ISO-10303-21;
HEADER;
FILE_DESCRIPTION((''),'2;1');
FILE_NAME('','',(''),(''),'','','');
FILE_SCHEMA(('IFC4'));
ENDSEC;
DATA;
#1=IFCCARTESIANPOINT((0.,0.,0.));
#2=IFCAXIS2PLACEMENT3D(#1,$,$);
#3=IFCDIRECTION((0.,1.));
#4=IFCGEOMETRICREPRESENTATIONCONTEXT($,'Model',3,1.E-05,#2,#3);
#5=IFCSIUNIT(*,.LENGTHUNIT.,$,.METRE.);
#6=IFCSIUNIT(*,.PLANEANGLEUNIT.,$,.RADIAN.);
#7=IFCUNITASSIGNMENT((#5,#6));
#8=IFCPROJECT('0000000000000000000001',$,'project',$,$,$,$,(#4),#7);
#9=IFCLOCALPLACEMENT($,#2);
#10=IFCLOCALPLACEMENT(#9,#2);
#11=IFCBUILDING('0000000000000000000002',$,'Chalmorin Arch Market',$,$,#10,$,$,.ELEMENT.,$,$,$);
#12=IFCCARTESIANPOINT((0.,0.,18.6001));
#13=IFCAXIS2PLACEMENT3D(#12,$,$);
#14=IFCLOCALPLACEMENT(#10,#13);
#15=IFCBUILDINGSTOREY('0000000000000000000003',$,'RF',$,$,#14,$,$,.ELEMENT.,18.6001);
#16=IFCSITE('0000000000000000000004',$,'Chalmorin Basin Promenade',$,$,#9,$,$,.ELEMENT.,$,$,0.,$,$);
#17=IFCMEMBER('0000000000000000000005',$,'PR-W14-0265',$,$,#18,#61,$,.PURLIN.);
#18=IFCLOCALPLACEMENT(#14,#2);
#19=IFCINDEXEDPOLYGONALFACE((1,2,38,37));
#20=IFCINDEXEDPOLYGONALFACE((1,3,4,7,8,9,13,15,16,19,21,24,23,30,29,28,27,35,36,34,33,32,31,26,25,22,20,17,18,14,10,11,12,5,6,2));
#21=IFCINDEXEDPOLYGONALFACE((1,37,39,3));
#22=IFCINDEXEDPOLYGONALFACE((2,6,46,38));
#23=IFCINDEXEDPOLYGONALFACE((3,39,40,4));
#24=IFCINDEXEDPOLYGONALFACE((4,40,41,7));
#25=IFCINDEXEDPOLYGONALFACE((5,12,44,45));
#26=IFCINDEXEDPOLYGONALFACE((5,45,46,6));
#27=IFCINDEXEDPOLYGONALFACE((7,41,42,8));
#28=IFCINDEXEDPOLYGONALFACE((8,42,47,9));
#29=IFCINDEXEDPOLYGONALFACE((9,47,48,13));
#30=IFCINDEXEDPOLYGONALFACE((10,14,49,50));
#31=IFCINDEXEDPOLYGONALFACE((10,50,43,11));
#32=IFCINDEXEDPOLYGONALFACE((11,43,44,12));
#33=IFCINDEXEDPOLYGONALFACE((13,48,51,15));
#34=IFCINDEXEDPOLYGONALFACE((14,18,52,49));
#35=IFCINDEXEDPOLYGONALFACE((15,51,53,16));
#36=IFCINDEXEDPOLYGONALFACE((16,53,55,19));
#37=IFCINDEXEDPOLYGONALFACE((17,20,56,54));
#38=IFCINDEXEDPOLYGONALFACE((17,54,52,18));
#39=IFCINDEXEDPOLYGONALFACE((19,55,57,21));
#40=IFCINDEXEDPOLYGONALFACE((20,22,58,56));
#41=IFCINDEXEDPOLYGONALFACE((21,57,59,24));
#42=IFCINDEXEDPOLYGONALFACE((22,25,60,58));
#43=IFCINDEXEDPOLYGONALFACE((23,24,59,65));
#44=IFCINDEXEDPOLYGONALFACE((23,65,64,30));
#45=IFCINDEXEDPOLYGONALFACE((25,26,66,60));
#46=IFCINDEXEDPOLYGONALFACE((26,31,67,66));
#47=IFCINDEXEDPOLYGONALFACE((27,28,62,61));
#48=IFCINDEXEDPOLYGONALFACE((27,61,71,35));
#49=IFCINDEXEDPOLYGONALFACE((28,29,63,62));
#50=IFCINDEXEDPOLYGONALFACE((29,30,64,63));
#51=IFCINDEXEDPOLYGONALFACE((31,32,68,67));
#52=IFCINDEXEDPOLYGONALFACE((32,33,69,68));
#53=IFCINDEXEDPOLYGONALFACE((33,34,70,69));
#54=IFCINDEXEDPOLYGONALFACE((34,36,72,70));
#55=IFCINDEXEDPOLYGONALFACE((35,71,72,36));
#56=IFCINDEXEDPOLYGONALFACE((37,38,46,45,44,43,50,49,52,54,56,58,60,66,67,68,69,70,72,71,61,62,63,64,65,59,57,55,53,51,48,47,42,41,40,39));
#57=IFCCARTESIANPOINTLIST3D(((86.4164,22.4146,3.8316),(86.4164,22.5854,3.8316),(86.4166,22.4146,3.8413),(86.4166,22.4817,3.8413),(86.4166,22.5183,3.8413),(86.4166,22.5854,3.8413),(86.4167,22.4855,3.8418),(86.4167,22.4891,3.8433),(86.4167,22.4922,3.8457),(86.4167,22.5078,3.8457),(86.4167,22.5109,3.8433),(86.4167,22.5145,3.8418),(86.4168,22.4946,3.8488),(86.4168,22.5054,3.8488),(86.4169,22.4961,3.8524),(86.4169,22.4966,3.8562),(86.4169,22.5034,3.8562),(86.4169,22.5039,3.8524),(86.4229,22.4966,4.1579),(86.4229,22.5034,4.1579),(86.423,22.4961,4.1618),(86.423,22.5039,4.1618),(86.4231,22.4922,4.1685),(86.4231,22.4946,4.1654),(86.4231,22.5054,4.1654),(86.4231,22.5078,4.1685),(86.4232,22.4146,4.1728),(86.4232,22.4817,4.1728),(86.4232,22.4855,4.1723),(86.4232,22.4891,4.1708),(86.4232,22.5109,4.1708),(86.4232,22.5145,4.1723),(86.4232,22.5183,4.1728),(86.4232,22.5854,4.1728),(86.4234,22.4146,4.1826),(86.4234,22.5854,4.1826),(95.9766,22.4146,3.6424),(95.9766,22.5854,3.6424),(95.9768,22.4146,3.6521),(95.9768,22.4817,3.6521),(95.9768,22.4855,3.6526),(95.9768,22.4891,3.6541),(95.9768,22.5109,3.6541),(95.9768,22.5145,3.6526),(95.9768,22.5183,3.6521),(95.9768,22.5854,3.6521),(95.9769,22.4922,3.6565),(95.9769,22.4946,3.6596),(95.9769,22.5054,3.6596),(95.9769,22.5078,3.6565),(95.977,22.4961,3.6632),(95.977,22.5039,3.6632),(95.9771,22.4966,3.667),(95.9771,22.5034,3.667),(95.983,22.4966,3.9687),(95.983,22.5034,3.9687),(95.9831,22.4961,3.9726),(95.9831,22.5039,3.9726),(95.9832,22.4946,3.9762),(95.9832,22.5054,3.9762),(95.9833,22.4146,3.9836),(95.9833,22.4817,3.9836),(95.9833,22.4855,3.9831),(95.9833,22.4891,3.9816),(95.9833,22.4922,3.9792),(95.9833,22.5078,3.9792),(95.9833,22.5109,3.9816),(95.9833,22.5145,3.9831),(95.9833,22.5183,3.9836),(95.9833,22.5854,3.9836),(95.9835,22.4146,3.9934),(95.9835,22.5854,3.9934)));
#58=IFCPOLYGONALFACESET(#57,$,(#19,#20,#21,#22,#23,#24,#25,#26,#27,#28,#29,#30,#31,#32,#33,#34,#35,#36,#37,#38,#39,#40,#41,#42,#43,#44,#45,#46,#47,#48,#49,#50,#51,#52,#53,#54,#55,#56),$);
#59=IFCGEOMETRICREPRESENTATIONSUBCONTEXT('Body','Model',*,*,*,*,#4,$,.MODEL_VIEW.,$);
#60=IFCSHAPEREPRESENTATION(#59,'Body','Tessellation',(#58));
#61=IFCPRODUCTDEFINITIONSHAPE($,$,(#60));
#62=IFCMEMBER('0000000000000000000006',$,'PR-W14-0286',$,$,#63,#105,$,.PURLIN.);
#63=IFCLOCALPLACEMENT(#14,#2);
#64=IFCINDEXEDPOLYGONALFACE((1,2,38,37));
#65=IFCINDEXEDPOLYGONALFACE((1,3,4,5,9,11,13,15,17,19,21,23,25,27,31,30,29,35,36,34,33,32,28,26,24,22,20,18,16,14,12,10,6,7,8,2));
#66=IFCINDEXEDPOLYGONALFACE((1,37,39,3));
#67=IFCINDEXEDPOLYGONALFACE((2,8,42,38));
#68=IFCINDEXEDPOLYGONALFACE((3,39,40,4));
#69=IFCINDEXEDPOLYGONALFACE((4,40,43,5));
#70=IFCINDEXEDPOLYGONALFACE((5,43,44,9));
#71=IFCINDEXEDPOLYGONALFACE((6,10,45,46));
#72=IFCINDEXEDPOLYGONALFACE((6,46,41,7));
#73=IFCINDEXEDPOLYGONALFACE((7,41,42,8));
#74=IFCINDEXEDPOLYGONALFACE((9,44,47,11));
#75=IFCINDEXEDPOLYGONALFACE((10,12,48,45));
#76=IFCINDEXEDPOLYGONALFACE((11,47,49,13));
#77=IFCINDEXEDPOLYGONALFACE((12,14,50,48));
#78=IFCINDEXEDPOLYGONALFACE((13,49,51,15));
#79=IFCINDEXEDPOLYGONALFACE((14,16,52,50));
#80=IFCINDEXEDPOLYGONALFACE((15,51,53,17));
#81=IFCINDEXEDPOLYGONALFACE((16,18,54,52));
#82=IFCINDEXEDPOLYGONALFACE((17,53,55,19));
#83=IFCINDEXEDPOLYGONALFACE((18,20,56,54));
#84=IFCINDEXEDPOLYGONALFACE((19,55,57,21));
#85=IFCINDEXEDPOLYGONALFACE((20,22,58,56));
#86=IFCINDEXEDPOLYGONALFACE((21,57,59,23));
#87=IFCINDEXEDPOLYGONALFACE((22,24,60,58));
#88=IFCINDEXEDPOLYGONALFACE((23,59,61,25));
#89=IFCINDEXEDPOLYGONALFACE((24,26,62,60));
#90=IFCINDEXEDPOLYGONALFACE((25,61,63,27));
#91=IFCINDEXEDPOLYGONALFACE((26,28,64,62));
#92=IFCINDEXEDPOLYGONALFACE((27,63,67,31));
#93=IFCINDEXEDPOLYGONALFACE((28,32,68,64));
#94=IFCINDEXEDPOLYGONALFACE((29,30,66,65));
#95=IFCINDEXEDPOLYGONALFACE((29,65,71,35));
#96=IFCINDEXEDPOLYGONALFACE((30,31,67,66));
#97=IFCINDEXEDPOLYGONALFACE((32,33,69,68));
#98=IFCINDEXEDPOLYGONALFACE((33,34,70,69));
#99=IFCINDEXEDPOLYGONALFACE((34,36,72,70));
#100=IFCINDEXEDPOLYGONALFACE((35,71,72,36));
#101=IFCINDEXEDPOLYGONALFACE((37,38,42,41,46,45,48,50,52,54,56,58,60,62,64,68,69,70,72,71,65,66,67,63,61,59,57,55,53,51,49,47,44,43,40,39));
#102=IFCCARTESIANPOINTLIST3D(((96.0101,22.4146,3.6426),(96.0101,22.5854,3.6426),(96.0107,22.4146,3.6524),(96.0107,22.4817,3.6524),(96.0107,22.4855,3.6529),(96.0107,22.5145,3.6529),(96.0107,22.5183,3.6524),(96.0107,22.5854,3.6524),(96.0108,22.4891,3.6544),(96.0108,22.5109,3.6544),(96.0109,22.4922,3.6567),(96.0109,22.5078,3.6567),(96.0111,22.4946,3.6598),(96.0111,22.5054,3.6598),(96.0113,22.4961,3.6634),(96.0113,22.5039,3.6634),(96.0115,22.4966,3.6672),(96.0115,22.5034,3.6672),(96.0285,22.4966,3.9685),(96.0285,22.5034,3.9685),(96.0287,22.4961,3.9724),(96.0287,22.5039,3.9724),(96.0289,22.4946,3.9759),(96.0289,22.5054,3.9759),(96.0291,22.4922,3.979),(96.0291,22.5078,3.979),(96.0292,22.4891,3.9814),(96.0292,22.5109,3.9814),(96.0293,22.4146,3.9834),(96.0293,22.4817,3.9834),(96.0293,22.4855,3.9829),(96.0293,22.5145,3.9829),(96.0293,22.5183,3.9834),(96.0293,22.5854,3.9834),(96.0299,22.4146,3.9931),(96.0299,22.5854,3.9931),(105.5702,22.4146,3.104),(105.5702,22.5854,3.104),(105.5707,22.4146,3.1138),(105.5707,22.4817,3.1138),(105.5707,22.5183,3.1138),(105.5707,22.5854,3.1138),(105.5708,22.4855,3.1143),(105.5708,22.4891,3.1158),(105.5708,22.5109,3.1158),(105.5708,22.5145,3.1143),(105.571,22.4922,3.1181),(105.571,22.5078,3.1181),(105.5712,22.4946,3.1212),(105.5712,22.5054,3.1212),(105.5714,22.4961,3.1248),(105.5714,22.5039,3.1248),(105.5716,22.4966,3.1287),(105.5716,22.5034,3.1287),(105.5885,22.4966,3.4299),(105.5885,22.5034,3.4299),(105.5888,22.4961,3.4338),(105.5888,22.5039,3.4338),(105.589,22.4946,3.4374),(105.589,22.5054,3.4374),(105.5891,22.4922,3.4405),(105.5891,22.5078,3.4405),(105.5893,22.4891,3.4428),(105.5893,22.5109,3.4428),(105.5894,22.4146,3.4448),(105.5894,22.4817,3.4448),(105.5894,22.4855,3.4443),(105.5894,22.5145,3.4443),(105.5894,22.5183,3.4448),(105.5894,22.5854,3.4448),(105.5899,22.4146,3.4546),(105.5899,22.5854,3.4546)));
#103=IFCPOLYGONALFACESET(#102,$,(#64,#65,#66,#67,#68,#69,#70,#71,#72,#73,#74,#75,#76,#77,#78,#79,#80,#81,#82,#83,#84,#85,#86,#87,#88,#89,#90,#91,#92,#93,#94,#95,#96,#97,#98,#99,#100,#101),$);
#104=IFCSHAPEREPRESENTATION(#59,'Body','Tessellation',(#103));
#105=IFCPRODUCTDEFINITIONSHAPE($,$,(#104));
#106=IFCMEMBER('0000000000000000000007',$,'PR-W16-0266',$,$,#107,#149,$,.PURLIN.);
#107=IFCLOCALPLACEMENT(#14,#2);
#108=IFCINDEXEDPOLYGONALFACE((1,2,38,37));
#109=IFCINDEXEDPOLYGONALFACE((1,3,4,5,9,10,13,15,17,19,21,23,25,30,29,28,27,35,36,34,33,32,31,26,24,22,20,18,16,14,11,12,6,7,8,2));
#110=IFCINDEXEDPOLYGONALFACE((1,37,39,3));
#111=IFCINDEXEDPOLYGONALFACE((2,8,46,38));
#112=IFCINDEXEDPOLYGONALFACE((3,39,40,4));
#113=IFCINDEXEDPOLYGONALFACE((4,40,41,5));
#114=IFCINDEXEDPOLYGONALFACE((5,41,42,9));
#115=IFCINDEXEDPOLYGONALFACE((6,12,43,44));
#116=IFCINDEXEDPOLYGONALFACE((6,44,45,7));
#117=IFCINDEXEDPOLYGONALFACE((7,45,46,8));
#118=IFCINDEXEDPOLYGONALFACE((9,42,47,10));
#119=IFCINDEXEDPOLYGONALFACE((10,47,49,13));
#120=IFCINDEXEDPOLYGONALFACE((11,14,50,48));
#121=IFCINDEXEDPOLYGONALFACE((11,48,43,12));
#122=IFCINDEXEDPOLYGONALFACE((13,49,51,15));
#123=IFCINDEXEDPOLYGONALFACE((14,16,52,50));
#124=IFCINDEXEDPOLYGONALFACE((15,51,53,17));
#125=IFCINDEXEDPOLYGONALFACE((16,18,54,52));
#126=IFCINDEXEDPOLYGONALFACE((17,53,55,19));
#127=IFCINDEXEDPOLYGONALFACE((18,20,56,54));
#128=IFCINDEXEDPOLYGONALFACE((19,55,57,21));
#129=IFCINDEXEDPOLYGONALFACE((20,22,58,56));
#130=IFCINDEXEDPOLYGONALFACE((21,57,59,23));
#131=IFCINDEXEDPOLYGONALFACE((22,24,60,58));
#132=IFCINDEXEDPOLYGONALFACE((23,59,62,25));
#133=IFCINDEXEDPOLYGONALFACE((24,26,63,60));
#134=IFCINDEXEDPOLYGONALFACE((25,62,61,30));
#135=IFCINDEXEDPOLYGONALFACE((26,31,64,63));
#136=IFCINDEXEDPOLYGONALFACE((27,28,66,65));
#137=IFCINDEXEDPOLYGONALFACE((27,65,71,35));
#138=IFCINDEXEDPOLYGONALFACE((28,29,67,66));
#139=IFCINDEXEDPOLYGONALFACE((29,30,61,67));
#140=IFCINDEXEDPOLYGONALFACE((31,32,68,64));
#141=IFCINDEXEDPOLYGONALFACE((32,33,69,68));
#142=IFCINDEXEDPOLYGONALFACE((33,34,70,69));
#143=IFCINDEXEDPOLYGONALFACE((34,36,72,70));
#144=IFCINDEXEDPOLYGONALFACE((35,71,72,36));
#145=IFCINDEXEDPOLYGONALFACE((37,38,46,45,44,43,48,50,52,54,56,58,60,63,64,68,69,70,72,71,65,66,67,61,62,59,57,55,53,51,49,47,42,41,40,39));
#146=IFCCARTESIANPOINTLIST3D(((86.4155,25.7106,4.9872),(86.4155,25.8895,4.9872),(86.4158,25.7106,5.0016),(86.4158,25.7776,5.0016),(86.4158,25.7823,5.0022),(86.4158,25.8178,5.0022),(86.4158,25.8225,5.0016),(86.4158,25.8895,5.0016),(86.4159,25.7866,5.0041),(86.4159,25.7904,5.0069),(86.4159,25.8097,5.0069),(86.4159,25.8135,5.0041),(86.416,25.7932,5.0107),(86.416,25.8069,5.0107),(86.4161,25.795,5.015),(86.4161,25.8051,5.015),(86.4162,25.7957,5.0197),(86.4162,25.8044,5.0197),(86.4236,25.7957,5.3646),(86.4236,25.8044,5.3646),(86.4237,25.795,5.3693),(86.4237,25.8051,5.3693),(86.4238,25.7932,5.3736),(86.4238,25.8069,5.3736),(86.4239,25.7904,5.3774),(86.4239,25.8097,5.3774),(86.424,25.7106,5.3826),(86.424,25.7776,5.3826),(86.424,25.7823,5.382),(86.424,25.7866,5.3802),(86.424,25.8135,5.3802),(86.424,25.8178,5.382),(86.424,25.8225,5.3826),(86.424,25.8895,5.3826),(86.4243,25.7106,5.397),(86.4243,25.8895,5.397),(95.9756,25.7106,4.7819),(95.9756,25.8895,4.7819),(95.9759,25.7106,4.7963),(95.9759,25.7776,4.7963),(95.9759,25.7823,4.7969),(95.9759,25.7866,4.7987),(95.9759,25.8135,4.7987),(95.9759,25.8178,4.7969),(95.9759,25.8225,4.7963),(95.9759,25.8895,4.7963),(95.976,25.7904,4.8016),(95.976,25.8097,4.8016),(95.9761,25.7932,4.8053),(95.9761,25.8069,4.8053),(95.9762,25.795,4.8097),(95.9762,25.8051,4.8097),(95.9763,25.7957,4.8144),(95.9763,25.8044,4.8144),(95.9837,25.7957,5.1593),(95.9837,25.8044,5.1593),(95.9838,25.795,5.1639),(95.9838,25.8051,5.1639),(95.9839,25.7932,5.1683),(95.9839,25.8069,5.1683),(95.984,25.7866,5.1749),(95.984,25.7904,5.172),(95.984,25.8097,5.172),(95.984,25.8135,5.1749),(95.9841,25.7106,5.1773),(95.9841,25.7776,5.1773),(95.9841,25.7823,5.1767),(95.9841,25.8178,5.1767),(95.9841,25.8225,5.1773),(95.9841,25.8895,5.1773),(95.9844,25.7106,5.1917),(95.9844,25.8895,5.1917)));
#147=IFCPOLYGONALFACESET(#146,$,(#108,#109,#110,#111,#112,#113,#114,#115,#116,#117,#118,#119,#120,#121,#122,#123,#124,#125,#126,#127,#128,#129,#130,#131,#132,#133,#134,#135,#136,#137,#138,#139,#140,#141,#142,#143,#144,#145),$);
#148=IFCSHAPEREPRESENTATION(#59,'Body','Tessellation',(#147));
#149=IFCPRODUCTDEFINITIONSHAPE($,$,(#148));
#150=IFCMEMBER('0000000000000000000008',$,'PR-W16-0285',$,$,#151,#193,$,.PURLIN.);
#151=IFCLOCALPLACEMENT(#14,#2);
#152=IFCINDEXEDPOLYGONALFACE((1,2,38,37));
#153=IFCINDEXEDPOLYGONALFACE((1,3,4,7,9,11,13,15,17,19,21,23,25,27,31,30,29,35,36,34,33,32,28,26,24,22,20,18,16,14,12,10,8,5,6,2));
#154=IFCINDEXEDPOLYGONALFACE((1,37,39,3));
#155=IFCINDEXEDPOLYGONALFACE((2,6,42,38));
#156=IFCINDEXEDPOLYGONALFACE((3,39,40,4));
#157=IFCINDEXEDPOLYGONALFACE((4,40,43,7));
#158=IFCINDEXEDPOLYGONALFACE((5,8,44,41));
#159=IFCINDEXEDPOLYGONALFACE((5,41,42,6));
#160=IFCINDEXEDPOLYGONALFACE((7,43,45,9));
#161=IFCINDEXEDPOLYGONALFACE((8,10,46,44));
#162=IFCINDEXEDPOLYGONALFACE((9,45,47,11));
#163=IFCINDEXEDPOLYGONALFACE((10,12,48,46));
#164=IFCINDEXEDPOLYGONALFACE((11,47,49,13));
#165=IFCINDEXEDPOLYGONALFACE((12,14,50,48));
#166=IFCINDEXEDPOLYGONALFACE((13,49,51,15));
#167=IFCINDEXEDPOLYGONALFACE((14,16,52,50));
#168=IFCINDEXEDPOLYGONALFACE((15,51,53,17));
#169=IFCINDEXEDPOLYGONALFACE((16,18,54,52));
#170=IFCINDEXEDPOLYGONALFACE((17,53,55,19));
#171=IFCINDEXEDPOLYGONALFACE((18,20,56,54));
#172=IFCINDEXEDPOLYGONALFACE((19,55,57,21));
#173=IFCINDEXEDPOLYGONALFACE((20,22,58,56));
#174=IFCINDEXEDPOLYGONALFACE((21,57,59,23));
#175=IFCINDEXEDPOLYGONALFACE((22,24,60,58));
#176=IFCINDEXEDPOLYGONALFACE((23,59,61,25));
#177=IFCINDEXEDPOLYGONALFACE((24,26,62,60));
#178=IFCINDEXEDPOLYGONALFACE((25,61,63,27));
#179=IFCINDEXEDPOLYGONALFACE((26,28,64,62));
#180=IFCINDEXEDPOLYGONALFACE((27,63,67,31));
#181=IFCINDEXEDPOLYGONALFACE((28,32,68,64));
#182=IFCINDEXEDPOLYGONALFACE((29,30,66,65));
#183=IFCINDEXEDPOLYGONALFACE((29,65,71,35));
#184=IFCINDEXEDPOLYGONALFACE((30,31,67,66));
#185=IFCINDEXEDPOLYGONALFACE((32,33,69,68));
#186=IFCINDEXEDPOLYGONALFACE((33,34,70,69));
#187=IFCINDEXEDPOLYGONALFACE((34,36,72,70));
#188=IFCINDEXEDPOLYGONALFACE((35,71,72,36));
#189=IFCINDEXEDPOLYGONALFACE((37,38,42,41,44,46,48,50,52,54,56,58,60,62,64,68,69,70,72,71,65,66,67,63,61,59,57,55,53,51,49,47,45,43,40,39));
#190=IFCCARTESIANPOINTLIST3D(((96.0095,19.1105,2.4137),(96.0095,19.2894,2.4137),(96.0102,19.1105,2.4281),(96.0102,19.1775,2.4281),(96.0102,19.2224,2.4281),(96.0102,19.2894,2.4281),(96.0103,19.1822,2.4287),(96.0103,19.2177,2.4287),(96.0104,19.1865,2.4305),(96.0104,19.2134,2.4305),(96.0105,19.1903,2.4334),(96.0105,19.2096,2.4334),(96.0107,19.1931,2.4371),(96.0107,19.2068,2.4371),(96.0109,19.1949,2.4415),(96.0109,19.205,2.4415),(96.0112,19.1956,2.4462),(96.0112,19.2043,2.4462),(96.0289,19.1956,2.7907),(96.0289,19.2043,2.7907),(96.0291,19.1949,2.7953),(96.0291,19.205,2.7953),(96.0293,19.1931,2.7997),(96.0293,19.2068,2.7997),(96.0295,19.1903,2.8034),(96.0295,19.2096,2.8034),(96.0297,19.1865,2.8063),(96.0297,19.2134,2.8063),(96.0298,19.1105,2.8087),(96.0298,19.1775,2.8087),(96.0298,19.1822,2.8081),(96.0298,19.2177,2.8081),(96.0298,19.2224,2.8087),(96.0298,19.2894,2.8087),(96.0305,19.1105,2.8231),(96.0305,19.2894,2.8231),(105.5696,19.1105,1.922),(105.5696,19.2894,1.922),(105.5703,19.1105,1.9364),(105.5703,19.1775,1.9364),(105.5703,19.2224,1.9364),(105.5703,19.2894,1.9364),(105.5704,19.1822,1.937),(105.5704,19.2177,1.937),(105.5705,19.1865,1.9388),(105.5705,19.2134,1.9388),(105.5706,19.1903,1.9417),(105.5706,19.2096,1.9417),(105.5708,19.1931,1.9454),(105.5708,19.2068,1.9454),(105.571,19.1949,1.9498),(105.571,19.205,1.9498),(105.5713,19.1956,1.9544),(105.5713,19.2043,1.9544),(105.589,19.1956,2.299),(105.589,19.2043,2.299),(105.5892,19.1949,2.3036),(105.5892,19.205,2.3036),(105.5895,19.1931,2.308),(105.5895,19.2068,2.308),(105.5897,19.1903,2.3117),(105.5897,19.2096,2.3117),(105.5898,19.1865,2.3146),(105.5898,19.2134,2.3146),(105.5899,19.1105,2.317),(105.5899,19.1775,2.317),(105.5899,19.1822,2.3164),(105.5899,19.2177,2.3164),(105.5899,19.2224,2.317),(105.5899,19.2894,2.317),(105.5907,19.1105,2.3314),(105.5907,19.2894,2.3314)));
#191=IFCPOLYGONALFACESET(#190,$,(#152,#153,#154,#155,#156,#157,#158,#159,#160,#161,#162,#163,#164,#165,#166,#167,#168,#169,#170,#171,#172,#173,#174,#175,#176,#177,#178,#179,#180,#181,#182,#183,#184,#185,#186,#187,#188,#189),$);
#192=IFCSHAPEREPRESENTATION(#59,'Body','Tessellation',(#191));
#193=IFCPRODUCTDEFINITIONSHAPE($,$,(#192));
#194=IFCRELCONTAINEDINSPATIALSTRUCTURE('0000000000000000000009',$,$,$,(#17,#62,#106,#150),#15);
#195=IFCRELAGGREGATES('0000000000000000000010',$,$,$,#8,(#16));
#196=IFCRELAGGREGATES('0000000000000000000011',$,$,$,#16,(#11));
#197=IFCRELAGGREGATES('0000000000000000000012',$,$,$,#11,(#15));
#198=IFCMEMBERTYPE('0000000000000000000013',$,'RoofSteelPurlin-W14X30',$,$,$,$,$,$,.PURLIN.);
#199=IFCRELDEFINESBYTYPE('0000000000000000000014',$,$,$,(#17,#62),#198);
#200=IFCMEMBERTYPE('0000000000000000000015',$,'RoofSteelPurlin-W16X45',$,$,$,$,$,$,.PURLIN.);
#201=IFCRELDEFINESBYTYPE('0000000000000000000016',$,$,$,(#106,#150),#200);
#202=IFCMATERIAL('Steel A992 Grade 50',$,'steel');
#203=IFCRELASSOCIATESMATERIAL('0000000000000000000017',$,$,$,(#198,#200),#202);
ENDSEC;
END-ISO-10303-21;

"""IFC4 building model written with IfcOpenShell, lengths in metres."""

from ifc_helpers import new_model, si_unit, direction, frame, origin, origin_2d, place, context, subcontext, project, spatial, i_section, extrude, material, material_profile, profile_set, type_object, element, save


model = new_model("IFC4")

# Units and contexts
model_context = context("Model", 3, precision=1e-05, world=origin(), true_north=direction((0.0, 1.0)))
body_context = subcontext(model_context, "Body", "Model", "MODEL_VIEW")
ifc_project = project(units=[si_unit("LENGTHUNIT", "METRE"), si_unit("PLANEANGLEUNIT", "RADIAN")], contexts=[model_context])

# Site, building, storey
site_placement = place(None, origin())
site = spatial("IfcSite", under=ifc_project, at=site_placement, Name="Chalmorin Basin Promenade", CompositionType="ELEMENT", RefElevation=0.0)
building_placement = place(site_placement, origin())
building = spatial("IfcBuilding", under=site, at=building_placement, Name="Chalmorin Arch Market", CompositionType="ELEMENT")
storey_placement = place(building_placement, frame((0.0, 0.0, 18.6001)))
storey = spatial("IfcBuildingStorey", under=building, at=storey_placement, Name="RF", CompositionType="ELEMENT", Elevation=18.6001)

# Members
ifc_material_1 = material(Name="Steel A992 Grade 50", Category="steel")
ifc_material_profile_1 = material_profile(ifc_material_1, i_section(OverallWidth=0.1709, OverallDepth=0.3511, WebThickness=0.0068, FlangeThickness=0.0098, FilletRadius=0.0149, at=origin_2d()), Name="W14X30")
ifc_profile_set_1 = profile_set([ifc_material_profile_1], Name="Steel A992 Grade 50")
member_type_1 = type_object("IfcMemberType", Name="RoofSteelPurlin-W14X30", PredefinedType="PURLIN", material=ifc_profile_set_1)
member_1_placement = place(storey_placement, frame((86.4199, 22.5, 4.0071), z_axis=(0.999804, 0.0, -0.019788), x_axis=(0.0, 1.0, 0.0)))
element("IfcMember", 1, at=member_1_placement, inside=storey, type_object=member_type_1, Name="PR-W14-0265", PredefinedType="PURLIN", context=body_context, shape_type="SweptSolid", body=[
    extrude(i_section(OverallWidth=0.1709, OverallDepth=0.3511, WebThickness=0.0068, FlangeThickness=0.0098, FilletRadius=0.0149, at=origin_2d()), origin(), (0.0, 0.0, 1.0), 9.562),
])
member_2_placement = place(storey_placement, frame((96.02, 22.5, 3.8179), z_axis=(0.998417, 0.0, -0.056247), x_axis=(0.0, 1.0, 0.0)))
element("IfcMember", 2, at=member_2_placement, inside=storey, type_object=member_type_1, Name="PR-W14-0286", PredefinedType="PURLIN", context=body_context, shape_type="SweptSolid", body=[
    extrude(i_section(OverallWidth=0.1709, OverallDepth=0.3511, WebThickness=0.0068, FlangeThickness=0.0098, FilletRadius=0.0149, at=origin_2d()), origin(), (0.0, 0.0, 1.0), 9.5752),
])
ifc_material_profile_2 = material_profile(ifc_material_1, i_section(OverallWidth=0.179, OverallDepth=0.4099, WebThickness=0.0088, FlangeThickness=0.0144, FilletRadius=0.0181, at=origin_2d()), Name="W16X45")
ifc_profile_set_2 = profile_set([ifc_material_profile_2], Name="Steel A992 Grade 50")
member_type_2 = type_object("IfcMemberType", Name="RoofSteelPurlin-W16X45", PredefinedType="PURLIN", material=ifc_profile_set_2)
member_3_placement = place(storey_placement, frame((86.4199, 25.8, 5.1921), z_axis=(0.999769, 0.0, -0.021472), x_axis=(0.0, 1.0, 0.0)))
element("IfcMember", 3, at=member_3_placement, inside=storey, type_object=member_type_2, Name="PR-W16-0266", PredefinedType="PURLIN", context=body_context, shape_type="SweptSolid", body=[
    extrude(i_section(OverallWidth=0.179, OverallDepth=0.4099, WebThickness=0.0088, FlangeThickness=0.0144, FilletRadius=0.0181, at=origin_2d()), origin(), (0.0, 0.0, 1.0), 9.5623),
])
member_4_placement = place(storey_placement, frame((96.02, 19.2, 2.6184), z_axis=(0.99868, 0.0, -0.051365), x_axis=(0.0, 1.0, 0.0)))
element("IfcMember", 4, at=member_4_placement, inside=storey, type_object=member_type_2, Name="PR-W16-0285", PredefinedType="PURLIN", context=body_context, shape_type="SweptSolid", body=[
    extrude(i_section(OverallWidth=0.179, OverallDepth=0.4099, WebThickness=0.0088, FlangeThickness=0.0144, FilletRadius=0.0181, at=origin_2d()), origin(), (0.0, 0.0, 1.0), 9.5728),
])

save(model, "model.ifc")
